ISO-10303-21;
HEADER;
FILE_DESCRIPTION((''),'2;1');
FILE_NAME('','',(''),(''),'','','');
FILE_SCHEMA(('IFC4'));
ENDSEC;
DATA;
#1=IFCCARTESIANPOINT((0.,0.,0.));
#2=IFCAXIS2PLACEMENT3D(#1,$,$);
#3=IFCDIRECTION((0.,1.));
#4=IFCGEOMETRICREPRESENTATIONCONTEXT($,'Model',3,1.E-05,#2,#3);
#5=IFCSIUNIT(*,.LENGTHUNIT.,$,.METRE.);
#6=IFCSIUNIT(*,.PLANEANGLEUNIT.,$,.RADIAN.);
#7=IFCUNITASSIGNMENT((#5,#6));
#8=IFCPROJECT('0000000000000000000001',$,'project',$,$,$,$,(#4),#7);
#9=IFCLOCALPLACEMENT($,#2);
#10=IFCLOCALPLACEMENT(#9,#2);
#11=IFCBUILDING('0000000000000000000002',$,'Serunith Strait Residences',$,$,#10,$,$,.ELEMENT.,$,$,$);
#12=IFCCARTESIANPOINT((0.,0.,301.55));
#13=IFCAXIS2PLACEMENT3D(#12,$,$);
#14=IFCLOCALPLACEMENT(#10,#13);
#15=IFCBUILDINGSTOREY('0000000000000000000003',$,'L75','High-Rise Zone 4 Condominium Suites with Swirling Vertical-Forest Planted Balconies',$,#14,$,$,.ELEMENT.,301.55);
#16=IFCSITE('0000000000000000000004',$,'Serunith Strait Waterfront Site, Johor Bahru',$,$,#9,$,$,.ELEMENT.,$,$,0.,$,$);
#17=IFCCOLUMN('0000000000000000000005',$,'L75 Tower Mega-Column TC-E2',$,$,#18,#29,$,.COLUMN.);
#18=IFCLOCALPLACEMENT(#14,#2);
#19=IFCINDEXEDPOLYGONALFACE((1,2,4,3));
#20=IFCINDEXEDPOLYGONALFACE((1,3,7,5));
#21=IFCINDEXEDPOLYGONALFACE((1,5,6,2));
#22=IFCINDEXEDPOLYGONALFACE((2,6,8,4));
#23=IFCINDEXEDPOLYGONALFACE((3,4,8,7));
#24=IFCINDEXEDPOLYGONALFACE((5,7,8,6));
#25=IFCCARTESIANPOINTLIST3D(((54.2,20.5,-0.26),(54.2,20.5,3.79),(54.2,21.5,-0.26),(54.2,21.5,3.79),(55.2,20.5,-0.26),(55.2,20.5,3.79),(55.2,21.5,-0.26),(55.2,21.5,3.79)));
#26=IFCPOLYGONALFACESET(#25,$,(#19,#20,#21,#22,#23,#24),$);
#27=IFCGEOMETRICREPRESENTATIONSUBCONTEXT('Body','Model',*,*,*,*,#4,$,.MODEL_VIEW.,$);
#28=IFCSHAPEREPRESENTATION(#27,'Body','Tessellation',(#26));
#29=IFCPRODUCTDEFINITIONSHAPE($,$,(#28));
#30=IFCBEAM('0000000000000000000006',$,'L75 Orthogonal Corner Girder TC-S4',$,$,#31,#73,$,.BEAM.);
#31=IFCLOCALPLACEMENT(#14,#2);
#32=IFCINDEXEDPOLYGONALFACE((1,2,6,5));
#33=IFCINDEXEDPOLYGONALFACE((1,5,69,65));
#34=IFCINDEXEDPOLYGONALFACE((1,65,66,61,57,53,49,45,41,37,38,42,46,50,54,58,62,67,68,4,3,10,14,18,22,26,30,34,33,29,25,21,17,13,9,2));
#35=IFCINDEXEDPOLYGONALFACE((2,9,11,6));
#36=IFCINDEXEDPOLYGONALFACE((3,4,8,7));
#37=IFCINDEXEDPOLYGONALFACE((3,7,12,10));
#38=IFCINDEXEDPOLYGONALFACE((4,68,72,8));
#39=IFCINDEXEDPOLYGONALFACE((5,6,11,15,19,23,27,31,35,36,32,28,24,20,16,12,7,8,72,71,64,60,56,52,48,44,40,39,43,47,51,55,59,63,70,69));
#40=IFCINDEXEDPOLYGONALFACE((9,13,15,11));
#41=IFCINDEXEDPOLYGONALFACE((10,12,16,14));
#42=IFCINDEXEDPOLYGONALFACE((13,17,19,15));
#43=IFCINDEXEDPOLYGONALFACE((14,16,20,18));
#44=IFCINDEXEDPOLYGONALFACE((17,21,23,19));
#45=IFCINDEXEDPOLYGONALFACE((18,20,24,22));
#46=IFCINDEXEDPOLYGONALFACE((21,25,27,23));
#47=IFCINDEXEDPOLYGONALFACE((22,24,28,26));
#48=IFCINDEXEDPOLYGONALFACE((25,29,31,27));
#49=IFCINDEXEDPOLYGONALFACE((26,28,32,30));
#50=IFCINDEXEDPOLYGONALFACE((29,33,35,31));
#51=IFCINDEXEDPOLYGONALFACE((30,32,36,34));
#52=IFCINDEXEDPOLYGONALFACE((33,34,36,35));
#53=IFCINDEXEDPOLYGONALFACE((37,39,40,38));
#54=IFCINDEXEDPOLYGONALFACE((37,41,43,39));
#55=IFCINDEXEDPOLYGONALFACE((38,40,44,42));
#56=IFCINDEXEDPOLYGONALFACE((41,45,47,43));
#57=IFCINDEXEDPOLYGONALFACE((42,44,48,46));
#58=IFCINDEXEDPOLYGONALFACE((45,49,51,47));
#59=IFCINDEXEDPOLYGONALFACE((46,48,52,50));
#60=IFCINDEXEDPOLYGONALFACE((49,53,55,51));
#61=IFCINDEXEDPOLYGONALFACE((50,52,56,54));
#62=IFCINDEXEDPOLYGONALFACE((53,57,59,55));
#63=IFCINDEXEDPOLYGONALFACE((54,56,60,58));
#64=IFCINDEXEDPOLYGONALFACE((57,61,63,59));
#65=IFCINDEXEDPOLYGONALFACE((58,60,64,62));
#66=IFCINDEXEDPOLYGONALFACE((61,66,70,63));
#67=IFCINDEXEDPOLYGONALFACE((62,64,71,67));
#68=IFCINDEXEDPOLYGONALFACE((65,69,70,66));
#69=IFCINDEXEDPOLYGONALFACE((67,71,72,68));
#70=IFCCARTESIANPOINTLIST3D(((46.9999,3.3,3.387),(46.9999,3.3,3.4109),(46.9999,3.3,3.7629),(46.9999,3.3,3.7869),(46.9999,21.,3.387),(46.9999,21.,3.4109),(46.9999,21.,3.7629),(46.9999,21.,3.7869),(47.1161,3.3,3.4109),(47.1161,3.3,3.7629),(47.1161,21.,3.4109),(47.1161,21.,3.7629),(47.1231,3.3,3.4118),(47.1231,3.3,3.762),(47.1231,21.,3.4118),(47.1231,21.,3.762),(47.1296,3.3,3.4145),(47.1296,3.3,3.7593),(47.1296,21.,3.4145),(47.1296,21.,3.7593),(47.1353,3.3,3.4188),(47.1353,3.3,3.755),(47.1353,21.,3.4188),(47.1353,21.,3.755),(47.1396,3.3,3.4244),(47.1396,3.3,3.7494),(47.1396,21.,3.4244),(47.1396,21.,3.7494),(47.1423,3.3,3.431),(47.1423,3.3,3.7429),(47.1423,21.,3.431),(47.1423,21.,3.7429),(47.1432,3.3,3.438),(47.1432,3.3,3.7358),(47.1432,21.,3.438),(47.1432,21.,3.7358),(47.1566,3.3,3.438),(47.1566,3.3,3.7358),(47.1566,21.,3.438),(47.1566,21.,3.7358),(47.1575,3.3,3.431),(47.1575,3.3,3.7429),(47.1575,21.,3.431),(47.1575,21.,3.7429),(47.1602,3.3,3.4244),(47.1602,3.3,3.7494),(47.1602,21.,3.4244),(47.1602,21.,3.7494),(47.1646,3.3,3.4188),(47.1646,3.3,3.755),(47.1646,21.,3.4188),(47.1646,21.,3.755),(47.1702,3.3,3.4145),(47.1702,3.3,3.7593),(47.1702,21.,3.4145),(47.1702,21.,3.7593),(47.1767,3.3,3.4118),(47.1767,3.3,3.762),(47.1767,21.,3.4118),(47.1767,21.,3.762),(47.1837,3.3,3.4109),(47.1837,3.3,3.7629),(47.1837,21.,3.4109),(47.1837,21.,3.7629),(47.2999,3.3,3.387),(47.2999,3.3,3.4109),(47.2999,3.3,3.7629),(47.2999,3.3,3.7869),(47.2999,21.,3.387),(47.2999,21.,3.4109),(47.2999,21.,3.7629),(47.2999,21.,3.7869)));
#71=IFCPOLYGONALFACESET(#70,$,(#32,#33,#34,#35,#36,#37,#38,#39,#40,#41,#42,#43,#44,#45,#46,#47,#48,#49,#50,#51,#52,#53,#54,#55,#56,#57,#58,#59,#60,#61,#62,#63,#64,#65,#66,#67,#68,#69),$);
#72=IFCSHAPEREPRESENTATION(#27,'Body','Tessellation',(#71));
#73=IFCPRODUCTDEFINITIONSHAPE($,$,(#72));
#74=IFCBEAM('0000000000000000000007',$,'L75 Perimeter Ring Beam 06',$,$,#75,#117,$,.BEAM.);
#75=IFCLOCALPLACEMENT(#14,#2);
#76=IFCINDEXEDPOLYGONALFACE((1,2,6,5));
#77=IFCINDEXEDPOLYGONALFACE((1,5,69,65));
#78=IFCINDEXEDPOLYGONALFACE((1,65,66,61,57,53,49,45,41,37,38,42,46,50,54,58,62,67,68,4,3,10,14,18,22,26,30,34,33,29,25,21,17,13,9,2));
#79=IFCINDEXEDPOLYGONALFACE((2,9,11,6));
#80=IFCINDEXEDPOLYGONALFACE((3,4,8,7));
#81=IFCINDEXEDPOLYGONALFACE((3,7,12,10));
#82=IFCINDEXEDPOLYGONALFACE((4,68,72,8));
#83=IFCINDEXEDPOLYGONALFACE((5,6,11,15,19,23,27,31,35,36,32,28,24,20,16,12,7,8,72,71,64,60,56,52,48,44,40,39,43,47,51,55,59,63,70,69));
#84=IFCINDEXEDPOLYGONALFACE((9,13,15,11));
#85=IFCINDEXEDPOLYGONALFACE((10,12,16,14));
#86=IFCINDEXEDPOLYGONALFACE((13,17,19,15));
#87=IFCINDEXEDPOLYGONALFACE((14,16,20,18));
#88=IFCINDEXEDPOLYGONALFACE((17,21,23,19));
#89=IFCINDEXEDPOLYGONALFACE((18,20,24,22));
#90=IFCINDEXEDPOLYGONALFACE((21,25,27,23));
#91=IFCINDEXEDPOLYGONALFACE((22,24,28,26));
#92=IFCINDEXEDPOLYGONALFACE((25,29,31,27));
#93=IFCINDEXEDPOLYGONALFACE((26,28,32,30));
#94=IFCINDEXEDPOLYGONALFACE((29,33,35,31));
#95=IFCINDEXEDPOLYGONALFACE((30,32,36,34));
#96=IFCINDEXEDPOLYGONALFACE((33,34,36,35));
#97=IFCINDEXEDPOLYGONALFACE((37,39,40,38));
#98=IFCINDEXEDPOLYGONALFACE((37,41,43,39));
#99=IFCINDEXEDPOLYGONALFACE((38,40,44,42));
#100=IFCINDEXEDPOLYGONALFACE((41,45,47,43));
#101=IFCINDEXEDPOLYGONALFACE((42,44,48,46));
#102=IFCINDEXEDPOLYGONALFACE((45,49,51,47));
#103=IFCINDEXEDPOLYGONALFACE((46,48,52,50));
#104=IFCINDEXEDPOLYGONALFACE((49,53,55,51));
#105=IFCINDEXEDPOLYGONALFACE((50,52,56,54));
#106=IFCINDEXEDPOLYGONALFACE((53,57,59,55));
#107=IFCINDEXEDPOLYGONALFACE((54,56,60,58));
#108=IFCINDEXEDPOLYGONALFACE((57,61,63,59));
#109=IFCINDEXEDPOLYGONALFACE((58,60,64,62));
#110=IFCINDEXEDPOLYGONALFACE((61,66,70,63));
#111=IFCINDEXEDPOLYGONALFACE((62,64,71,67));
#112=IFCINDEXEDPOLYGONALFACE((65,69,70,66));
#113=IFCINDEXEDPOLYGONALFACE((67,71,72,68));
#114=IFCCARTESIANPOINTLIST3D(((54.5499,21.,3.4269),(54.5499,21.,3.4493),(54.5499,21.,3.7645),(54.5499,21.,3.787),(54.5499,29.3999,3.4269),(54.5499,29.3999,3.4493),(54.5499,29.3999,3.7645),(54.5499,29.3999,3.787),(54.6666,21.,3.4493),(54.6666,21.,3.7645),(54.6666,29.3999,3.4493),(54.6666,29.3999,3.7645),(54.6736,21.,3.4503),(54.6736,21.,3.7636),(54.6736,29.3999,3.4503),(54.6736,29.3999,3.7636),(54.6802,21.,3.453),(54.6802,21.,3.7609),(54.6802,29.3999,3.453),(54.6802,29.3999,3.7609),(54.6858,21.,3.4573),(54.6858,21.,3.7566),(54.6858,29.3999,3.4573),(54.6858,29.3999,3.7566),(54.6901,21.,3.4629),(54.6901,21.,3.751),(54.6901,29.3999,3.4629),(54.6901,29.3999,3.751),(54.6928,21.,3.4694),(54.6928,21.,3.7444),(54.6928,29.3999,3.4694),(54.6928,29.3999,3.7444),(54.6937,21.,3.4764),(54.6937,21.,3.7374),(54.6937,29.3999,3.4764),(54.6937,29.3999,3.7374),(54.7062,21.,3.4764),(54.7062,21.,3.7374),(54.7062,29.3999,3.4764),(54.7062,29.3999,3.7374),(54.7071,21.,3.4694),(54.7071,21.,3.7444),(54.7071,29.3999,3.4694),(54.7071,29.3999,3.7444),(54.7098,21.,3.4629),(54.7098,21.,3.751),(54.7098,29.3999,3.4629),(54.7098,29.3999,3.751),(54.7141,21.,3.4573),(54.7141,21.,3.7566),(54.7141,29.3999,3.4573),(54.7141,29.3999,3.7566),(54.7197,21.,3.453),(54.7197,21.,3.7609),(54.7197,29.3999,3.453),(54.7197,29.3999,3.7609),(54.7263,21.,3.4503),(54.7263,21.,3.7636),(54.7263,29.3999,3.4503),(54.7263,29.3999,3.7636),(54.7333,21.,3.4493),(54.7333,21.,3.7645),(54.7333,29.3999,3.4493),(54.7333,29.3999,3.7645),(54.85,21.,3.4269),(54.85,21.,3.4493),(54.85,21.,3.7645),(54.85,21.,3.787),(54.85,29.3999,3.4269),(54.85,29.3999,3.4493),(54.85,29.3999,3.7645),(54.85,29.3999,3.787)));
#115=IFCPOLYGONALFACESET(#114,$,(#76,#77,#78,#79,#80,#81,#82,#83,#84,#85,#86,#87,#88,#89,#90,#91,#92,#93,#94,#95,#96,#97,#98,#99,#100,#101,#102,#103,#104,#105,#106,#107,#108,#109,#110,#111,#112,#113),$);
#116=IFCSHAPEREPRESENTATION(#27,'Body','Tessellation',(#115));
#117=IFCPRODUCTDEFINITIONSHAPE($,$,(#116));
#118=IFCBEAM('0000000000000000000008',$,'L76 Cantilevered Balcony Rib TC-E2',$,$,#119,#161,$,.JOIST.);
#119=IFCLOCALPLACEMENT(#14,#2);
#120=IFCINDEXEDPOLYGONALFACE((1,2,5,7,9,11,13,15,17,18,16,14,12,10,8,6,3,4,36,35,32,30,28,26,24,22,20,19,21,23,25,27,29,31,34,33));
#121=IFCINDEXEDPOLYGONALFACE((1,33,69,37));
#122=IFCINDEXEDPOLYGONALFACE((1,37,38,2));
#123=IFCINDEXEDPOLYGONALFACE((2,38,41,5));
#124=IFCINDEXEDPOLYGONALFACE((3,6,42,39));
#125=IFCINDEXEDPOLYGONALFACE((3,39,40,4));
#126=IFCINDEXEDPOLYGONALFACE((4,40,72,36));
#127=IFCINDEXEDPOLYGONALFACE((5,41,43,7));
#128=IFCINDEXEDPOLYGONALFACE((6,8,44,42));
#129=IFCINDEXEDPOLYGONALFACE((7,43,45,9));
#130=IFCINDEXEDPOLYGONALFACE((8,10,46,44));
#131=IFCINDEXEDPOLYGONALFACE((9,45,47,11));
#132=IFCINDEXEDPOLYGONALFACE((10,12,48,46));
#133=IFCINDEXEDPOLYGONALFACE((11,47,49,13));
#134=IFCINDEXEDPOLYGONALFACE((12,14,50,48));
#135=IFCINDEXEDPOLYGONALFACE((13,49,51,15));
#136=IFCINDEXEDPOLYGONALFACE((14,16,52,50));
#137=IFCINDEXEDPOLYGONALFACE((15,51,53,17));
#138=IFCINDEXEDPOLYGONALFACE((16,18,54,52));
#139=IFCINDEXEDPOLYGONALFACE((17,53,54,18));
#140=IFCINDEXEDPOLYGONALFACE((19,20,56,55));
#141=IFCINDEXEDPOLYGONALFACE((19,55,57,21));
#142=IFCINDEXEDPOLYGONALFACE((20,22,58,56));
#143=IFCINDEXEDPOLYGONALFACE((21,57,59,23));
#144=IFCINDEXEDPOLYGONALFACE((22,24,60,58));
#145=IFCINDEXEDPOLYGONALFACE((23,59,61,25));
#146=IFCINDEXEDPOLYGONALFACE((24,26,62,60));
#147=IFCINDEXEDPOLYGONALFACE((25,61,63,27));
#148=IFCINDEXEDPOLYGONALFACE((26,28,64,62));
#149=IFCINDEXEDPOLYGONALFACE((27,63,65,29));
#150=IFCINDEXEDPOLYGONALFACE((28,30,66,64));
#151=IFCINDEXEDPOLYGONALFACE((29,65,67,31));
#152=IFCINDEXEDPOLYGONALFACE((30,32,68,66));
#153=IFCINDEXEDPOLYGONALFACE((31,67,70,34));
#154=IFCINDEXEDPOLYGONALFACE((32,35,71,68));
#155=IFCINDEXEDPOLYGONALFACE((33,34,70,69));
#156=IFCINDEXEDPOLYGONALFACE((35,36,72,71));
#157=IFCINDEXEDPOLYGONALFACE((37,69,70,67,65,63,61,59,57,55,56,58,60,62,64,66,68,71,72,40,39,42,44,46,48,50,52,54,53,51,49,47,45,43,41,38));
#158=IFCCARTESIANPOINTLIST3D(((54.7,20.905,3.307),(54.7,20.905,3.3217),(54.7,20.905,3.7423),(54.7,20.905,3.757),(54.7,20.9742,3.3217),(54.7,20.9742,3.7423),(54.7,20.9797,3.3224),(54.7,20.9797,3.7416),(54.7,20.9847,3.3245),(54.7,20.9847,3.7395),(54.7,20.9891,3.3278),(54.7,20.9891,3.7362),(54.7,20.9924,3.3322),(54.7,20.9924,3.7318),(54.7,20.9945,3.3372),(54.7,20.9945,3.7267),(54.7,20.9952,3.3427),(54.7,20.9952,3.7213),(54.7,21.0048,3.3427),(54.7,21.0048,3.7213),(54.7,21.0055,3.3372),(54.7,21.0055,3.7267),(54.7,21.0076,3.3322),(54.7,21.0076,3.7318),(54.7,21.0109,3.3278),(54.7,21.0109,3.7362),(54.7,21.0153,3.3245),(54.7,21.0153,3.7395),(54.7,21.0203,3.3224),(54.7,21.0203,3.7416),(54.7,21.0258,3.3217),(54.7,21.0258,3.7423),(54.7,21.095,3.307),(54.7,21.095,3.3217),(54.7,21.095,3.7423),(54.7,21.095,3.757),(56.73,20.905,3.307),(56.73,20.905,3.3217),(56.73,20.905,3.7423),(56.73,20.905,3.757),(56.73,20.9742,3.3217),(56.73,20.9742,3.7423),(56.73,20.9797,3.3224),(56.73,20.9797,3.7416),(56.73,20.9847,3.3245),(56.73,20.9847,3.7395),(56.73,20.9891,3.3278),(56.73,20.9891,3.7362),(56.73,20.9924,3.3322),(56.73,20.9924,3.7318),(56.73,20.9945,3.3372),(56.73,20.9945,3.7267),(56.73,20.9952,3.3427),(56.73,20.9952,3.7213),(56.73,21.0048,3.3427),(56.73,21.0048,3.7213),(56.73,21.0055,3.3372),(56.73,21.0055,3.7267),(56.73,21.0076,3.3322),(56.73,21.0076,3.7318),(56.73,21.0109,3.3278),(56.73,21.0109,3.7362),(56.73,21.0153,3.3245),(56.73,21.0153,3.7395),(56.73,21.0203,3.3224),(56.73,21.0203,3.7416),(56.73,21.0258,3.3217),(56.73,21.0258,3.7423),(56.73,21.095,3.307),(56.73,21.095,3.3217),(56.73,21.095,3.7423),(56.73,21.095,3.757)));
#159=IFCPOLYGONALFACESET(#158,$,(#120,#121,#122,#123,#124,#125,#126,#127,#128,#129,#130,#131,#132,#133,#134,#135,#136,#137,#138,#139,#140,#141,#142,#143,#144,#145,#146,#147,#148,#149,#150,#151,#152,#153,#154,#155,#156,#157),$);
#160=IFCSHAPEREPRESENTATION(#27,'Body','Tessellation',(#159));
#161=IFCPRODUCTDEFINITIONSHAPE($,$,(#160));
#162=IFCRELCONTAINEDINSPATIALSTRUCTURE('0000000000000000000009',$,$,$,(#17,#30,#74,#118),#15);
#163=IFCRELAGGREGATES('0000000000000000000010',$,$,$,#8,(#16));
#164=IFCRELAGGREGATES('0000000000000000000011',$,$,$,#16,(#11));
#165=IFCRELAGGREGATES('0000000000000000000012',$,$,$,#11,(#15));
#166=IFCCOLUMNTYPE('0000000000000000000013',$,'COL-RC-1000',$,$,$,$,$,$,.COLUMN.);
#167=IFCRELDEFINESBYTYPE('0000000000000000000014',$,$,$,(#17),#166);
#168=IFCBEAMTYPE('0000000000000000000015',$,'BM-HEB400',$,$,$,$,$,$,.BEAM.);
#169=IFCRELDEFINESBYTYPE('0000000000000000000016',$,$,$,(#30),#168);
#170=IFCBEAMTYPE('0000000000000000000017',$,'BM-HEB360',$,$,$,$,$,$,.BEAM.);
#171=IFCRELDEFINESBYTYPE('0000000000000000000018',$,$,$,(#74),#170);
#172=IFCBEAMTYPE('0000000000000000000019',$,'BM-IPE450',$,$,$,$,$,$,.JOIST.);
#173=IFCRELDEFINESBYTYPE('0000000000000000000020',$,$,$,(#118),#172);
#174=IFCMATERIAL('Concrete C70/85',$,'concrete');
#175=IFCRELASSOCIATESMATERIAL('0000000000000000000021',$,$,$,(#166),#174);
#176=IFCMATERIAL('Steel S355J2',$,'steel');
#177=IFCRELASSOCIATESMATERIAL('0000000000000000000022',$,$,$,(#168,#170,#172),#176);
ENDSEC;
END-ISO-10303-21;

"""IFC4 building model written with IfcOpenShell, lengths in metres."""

from ifc_helpers import new_model, si_unit, direction, frame, origin, origin_2d, place, context, subcontext, project, spatial, rectangle, i_section, extrude, source, transform, mapped, material, material_profile, profile_set, type_object, element, save


model = new_model("IFC4")

# Units and contexts
model_context = context("Model", 3, precision=1e-05, world=origin(), true_north=direction((0.0, 1.0)))
body_context = subcontext(model_context, "Body", "Model", "MODEL_VIEW")
ifc_project = project(units=[si_unit("LENGTHUNIT", "METRE"), si_unit("PLANEANGLEUNIT", "RADIAN")], contexts=[model_context])

# Site, building, storey
site_placement = place(None, origin())
site = spatial("IfcSite", under=ifc_project, at=site_placement, Name="Serunith Strait Waterfront Site, Johor Bahru", CompositionType="ELEMENT", RefElevation=0.0)
building_placement = place(site_placement, origin())
building = spatial("IfcBuilding", under=site, at=building_placement, Name="Serunith Strait Residences", CompositionType="ELEMENT")
storey_placement = place(building_placement, frame((0.0, 0.0, 301.55)))
storey = spatial("IfcBuildingStorey", under=building, at=storey_placement, Name="L75", Description="High-Rise Zone 4 Condominium Suites with Swirling Vertical-Forest Planted Balconies", CompositionType="ELEMENT", Elevation=301.55)

# Column
ifc_material_1 = material(Name="Concrete C70/85", Category="concrete")
ifc_material_profile_1 = material_profile(ifc_material_1, rectangle(XDim=1.0, YDim=1.0, at=origin_2d()), Name="RC 1000x1000")
ifc_profile_set_1 = profile_set([ifc_material_profile_1], Name="Concrete C70/85")
column_type = type_object("IfcColumnType", Name="COL-RC-1000", PredefinedType="COLUMN", material=ifc_profile_set_1)
shared_shape_1 = source(origin(), body_context, "Body", "SweptSolid", [
    extrude(rectangle(XDim=1.0, YDim=1.0, at=origin_2d()), origin(), (0.0, 0.0, 1.0), 4.05),
])
column_placement = place(storey_placement, frame((54.7, 21.0, -0.26), z_axis=(0.0, 0.0, 1.0), x_axis=(1.0, 0.0, 0.0)))
element("IfcColumn", 1, at=column_placement, inside=storey, type_object=column_type, Name="L75 Tower Mega-Column TC-E2", PredefinedType="COLUMN", context=body_context, shape_type="MappedRepresentation", body=[
    mapped(shared_shape_1, transform((0.0, 0.0, 0.0), scale=1.0)),
])

# Beams
ifc_material_2 = material(Name="Steel S355J2", Category="steel")
ifc_material_profile_2 = material_profile(ifc_material_2, i_section(OverallWidth=0.3, OverallDepth=0.3999, WebThickness=0.0134, FlangeThickness=0.0239, FilletRadius=0.0271, at=origin_2d()), Name="HEB 400")
ifc_profile_set_2 = profile_set([ifc_material_profile_2], Name="Steel S355J2")
beam_type_1 = type_object("IfcBeamType", Name="BM-HEB400", PredefinedType="BEAM", material=ifc_profile_set_2)
shared_shape_2 = source(origin(), body_context, "Body", "SweptSolid", [
    extrude(i_section(OverallWidth=0.3, OverallDepth=0.3999, WebThickness=0.0134, FlangeThickness=0.0239, FilletRadius=0.0271, at=origin_2d()), origin(), (0.0, 0.0, 1.0), 17.7),
])
beam_1_placement = place(storey_placement, frame((47.1499, 21.0, 3.5869), z_axis=(0.0, -1.0, 0.0), x_axis=(1.0, 0.0, 0.0)))
element("IfcBeam", 2, at=beam_1_placement, inside=storey, type_object=beam_type_1, Name="L75 Orthogonal Corner Girder TC-S4", PredefinedType="BEAM", context=body_context, shape_type="MappedRepresentation", body=[
    mapped(shared_shape_2, transform((0.0, 0.0, 0.0), scale=1.0)),
])
ifc_material_profile_3 = material_profile(ifc_material_2, i_section(OverallWidth=0.3, OverallDepth=0.3601, WebThickness=0.0125, FlangeThickness=0.0225, FilletRadius=0.0271, at=origin_2d()), Name="HEB 360")
ifc_profile_set_3 = profile_set([ifc_material_profile_3], Name="Steel S355J2")
beam_type_2 = type_object("IfcBeamType", Name="BM-HEB360", PredefinedType="BEAM", material=ifc_profile_set_3)
shared_shape_3 = source(origin(), body_context, "Body", "SweptSolid", [
    extrude(i_section(OverallWidth=0.3, OverallDepth=0.3601, WebThickness=0.0125, FlangeThickness=0.0225, FilletRadius=0.0271, at=origin_2d()), origin(), (0.0, 0.0, 1.0), 8.3999),
])
beam_2_placement = place(storey_placement, frame((54.7, 21.0, 3.6069), z_axis=(0.0, 1.0, 0.0), x_axis=(-1.0, 0.0, 0.0)))
element("IfcBeam", 3, at=beam_2_placement, inside=storey, type_object=beam_type_2, Name="L75 Perimeter Ring Beam 06", PredefinedType="BEAM", context=body_context, shape_type="MappedRepresentation", body=[
    mapped(shared_shape_3, transform((0.0, 0.0, 0.0), scale=1.0)),
])
ifc_material_profile_4 = material_profile(ifc_material_2, i_section(OverallWidth=0.1899, OverallDepth=0.45, WebThickness=0.0095, FlangeThickness=0.0146, FilletRadius=0.021, at=origin_2d()), Name="IPE 450")
ifc_profile_set_4 = profile_set([ifc_material_profile_4], Name="Steel S355J2")
beam_type_3 = type_object("IfcBeamType", Name="BM-IPE450", PredefinedType="JOIST", material=ifc_profile_set_4)
shared_shape_4 = source(origin(), body_context, "Body", "SweptSolid", [
    extrude(i_section(OverallWidth=0.1899, OverallDepth=0.45, WebThickness=0.0095, FlangeThickness=0.0146, FilletRadius=0.021, at=origin_2d()), origin(), (0.0, 0.0, 1.0), 2.03),
])
beam_3_placement = place(storey_placement, frame((54.7, 21.0, 3.532), z_axis=(1.0, 0.0, 0.0), x_axis=(0.0, 1.0, 0.0)))
element("IfcBeam", 4, at=beam_3_placement, inside=storey, type_object=beam_type_3, Name="L76 Cantilevered Balcony Rib TC-E2", PredefinedType="JOIST", context=body_context, shape_type="MappedRepresentation", body=[
    mapped(shared_shape_4, transform((0.0, 0.0, 0.0), scale=1.0)),
])

save(model, "model.ifc")
